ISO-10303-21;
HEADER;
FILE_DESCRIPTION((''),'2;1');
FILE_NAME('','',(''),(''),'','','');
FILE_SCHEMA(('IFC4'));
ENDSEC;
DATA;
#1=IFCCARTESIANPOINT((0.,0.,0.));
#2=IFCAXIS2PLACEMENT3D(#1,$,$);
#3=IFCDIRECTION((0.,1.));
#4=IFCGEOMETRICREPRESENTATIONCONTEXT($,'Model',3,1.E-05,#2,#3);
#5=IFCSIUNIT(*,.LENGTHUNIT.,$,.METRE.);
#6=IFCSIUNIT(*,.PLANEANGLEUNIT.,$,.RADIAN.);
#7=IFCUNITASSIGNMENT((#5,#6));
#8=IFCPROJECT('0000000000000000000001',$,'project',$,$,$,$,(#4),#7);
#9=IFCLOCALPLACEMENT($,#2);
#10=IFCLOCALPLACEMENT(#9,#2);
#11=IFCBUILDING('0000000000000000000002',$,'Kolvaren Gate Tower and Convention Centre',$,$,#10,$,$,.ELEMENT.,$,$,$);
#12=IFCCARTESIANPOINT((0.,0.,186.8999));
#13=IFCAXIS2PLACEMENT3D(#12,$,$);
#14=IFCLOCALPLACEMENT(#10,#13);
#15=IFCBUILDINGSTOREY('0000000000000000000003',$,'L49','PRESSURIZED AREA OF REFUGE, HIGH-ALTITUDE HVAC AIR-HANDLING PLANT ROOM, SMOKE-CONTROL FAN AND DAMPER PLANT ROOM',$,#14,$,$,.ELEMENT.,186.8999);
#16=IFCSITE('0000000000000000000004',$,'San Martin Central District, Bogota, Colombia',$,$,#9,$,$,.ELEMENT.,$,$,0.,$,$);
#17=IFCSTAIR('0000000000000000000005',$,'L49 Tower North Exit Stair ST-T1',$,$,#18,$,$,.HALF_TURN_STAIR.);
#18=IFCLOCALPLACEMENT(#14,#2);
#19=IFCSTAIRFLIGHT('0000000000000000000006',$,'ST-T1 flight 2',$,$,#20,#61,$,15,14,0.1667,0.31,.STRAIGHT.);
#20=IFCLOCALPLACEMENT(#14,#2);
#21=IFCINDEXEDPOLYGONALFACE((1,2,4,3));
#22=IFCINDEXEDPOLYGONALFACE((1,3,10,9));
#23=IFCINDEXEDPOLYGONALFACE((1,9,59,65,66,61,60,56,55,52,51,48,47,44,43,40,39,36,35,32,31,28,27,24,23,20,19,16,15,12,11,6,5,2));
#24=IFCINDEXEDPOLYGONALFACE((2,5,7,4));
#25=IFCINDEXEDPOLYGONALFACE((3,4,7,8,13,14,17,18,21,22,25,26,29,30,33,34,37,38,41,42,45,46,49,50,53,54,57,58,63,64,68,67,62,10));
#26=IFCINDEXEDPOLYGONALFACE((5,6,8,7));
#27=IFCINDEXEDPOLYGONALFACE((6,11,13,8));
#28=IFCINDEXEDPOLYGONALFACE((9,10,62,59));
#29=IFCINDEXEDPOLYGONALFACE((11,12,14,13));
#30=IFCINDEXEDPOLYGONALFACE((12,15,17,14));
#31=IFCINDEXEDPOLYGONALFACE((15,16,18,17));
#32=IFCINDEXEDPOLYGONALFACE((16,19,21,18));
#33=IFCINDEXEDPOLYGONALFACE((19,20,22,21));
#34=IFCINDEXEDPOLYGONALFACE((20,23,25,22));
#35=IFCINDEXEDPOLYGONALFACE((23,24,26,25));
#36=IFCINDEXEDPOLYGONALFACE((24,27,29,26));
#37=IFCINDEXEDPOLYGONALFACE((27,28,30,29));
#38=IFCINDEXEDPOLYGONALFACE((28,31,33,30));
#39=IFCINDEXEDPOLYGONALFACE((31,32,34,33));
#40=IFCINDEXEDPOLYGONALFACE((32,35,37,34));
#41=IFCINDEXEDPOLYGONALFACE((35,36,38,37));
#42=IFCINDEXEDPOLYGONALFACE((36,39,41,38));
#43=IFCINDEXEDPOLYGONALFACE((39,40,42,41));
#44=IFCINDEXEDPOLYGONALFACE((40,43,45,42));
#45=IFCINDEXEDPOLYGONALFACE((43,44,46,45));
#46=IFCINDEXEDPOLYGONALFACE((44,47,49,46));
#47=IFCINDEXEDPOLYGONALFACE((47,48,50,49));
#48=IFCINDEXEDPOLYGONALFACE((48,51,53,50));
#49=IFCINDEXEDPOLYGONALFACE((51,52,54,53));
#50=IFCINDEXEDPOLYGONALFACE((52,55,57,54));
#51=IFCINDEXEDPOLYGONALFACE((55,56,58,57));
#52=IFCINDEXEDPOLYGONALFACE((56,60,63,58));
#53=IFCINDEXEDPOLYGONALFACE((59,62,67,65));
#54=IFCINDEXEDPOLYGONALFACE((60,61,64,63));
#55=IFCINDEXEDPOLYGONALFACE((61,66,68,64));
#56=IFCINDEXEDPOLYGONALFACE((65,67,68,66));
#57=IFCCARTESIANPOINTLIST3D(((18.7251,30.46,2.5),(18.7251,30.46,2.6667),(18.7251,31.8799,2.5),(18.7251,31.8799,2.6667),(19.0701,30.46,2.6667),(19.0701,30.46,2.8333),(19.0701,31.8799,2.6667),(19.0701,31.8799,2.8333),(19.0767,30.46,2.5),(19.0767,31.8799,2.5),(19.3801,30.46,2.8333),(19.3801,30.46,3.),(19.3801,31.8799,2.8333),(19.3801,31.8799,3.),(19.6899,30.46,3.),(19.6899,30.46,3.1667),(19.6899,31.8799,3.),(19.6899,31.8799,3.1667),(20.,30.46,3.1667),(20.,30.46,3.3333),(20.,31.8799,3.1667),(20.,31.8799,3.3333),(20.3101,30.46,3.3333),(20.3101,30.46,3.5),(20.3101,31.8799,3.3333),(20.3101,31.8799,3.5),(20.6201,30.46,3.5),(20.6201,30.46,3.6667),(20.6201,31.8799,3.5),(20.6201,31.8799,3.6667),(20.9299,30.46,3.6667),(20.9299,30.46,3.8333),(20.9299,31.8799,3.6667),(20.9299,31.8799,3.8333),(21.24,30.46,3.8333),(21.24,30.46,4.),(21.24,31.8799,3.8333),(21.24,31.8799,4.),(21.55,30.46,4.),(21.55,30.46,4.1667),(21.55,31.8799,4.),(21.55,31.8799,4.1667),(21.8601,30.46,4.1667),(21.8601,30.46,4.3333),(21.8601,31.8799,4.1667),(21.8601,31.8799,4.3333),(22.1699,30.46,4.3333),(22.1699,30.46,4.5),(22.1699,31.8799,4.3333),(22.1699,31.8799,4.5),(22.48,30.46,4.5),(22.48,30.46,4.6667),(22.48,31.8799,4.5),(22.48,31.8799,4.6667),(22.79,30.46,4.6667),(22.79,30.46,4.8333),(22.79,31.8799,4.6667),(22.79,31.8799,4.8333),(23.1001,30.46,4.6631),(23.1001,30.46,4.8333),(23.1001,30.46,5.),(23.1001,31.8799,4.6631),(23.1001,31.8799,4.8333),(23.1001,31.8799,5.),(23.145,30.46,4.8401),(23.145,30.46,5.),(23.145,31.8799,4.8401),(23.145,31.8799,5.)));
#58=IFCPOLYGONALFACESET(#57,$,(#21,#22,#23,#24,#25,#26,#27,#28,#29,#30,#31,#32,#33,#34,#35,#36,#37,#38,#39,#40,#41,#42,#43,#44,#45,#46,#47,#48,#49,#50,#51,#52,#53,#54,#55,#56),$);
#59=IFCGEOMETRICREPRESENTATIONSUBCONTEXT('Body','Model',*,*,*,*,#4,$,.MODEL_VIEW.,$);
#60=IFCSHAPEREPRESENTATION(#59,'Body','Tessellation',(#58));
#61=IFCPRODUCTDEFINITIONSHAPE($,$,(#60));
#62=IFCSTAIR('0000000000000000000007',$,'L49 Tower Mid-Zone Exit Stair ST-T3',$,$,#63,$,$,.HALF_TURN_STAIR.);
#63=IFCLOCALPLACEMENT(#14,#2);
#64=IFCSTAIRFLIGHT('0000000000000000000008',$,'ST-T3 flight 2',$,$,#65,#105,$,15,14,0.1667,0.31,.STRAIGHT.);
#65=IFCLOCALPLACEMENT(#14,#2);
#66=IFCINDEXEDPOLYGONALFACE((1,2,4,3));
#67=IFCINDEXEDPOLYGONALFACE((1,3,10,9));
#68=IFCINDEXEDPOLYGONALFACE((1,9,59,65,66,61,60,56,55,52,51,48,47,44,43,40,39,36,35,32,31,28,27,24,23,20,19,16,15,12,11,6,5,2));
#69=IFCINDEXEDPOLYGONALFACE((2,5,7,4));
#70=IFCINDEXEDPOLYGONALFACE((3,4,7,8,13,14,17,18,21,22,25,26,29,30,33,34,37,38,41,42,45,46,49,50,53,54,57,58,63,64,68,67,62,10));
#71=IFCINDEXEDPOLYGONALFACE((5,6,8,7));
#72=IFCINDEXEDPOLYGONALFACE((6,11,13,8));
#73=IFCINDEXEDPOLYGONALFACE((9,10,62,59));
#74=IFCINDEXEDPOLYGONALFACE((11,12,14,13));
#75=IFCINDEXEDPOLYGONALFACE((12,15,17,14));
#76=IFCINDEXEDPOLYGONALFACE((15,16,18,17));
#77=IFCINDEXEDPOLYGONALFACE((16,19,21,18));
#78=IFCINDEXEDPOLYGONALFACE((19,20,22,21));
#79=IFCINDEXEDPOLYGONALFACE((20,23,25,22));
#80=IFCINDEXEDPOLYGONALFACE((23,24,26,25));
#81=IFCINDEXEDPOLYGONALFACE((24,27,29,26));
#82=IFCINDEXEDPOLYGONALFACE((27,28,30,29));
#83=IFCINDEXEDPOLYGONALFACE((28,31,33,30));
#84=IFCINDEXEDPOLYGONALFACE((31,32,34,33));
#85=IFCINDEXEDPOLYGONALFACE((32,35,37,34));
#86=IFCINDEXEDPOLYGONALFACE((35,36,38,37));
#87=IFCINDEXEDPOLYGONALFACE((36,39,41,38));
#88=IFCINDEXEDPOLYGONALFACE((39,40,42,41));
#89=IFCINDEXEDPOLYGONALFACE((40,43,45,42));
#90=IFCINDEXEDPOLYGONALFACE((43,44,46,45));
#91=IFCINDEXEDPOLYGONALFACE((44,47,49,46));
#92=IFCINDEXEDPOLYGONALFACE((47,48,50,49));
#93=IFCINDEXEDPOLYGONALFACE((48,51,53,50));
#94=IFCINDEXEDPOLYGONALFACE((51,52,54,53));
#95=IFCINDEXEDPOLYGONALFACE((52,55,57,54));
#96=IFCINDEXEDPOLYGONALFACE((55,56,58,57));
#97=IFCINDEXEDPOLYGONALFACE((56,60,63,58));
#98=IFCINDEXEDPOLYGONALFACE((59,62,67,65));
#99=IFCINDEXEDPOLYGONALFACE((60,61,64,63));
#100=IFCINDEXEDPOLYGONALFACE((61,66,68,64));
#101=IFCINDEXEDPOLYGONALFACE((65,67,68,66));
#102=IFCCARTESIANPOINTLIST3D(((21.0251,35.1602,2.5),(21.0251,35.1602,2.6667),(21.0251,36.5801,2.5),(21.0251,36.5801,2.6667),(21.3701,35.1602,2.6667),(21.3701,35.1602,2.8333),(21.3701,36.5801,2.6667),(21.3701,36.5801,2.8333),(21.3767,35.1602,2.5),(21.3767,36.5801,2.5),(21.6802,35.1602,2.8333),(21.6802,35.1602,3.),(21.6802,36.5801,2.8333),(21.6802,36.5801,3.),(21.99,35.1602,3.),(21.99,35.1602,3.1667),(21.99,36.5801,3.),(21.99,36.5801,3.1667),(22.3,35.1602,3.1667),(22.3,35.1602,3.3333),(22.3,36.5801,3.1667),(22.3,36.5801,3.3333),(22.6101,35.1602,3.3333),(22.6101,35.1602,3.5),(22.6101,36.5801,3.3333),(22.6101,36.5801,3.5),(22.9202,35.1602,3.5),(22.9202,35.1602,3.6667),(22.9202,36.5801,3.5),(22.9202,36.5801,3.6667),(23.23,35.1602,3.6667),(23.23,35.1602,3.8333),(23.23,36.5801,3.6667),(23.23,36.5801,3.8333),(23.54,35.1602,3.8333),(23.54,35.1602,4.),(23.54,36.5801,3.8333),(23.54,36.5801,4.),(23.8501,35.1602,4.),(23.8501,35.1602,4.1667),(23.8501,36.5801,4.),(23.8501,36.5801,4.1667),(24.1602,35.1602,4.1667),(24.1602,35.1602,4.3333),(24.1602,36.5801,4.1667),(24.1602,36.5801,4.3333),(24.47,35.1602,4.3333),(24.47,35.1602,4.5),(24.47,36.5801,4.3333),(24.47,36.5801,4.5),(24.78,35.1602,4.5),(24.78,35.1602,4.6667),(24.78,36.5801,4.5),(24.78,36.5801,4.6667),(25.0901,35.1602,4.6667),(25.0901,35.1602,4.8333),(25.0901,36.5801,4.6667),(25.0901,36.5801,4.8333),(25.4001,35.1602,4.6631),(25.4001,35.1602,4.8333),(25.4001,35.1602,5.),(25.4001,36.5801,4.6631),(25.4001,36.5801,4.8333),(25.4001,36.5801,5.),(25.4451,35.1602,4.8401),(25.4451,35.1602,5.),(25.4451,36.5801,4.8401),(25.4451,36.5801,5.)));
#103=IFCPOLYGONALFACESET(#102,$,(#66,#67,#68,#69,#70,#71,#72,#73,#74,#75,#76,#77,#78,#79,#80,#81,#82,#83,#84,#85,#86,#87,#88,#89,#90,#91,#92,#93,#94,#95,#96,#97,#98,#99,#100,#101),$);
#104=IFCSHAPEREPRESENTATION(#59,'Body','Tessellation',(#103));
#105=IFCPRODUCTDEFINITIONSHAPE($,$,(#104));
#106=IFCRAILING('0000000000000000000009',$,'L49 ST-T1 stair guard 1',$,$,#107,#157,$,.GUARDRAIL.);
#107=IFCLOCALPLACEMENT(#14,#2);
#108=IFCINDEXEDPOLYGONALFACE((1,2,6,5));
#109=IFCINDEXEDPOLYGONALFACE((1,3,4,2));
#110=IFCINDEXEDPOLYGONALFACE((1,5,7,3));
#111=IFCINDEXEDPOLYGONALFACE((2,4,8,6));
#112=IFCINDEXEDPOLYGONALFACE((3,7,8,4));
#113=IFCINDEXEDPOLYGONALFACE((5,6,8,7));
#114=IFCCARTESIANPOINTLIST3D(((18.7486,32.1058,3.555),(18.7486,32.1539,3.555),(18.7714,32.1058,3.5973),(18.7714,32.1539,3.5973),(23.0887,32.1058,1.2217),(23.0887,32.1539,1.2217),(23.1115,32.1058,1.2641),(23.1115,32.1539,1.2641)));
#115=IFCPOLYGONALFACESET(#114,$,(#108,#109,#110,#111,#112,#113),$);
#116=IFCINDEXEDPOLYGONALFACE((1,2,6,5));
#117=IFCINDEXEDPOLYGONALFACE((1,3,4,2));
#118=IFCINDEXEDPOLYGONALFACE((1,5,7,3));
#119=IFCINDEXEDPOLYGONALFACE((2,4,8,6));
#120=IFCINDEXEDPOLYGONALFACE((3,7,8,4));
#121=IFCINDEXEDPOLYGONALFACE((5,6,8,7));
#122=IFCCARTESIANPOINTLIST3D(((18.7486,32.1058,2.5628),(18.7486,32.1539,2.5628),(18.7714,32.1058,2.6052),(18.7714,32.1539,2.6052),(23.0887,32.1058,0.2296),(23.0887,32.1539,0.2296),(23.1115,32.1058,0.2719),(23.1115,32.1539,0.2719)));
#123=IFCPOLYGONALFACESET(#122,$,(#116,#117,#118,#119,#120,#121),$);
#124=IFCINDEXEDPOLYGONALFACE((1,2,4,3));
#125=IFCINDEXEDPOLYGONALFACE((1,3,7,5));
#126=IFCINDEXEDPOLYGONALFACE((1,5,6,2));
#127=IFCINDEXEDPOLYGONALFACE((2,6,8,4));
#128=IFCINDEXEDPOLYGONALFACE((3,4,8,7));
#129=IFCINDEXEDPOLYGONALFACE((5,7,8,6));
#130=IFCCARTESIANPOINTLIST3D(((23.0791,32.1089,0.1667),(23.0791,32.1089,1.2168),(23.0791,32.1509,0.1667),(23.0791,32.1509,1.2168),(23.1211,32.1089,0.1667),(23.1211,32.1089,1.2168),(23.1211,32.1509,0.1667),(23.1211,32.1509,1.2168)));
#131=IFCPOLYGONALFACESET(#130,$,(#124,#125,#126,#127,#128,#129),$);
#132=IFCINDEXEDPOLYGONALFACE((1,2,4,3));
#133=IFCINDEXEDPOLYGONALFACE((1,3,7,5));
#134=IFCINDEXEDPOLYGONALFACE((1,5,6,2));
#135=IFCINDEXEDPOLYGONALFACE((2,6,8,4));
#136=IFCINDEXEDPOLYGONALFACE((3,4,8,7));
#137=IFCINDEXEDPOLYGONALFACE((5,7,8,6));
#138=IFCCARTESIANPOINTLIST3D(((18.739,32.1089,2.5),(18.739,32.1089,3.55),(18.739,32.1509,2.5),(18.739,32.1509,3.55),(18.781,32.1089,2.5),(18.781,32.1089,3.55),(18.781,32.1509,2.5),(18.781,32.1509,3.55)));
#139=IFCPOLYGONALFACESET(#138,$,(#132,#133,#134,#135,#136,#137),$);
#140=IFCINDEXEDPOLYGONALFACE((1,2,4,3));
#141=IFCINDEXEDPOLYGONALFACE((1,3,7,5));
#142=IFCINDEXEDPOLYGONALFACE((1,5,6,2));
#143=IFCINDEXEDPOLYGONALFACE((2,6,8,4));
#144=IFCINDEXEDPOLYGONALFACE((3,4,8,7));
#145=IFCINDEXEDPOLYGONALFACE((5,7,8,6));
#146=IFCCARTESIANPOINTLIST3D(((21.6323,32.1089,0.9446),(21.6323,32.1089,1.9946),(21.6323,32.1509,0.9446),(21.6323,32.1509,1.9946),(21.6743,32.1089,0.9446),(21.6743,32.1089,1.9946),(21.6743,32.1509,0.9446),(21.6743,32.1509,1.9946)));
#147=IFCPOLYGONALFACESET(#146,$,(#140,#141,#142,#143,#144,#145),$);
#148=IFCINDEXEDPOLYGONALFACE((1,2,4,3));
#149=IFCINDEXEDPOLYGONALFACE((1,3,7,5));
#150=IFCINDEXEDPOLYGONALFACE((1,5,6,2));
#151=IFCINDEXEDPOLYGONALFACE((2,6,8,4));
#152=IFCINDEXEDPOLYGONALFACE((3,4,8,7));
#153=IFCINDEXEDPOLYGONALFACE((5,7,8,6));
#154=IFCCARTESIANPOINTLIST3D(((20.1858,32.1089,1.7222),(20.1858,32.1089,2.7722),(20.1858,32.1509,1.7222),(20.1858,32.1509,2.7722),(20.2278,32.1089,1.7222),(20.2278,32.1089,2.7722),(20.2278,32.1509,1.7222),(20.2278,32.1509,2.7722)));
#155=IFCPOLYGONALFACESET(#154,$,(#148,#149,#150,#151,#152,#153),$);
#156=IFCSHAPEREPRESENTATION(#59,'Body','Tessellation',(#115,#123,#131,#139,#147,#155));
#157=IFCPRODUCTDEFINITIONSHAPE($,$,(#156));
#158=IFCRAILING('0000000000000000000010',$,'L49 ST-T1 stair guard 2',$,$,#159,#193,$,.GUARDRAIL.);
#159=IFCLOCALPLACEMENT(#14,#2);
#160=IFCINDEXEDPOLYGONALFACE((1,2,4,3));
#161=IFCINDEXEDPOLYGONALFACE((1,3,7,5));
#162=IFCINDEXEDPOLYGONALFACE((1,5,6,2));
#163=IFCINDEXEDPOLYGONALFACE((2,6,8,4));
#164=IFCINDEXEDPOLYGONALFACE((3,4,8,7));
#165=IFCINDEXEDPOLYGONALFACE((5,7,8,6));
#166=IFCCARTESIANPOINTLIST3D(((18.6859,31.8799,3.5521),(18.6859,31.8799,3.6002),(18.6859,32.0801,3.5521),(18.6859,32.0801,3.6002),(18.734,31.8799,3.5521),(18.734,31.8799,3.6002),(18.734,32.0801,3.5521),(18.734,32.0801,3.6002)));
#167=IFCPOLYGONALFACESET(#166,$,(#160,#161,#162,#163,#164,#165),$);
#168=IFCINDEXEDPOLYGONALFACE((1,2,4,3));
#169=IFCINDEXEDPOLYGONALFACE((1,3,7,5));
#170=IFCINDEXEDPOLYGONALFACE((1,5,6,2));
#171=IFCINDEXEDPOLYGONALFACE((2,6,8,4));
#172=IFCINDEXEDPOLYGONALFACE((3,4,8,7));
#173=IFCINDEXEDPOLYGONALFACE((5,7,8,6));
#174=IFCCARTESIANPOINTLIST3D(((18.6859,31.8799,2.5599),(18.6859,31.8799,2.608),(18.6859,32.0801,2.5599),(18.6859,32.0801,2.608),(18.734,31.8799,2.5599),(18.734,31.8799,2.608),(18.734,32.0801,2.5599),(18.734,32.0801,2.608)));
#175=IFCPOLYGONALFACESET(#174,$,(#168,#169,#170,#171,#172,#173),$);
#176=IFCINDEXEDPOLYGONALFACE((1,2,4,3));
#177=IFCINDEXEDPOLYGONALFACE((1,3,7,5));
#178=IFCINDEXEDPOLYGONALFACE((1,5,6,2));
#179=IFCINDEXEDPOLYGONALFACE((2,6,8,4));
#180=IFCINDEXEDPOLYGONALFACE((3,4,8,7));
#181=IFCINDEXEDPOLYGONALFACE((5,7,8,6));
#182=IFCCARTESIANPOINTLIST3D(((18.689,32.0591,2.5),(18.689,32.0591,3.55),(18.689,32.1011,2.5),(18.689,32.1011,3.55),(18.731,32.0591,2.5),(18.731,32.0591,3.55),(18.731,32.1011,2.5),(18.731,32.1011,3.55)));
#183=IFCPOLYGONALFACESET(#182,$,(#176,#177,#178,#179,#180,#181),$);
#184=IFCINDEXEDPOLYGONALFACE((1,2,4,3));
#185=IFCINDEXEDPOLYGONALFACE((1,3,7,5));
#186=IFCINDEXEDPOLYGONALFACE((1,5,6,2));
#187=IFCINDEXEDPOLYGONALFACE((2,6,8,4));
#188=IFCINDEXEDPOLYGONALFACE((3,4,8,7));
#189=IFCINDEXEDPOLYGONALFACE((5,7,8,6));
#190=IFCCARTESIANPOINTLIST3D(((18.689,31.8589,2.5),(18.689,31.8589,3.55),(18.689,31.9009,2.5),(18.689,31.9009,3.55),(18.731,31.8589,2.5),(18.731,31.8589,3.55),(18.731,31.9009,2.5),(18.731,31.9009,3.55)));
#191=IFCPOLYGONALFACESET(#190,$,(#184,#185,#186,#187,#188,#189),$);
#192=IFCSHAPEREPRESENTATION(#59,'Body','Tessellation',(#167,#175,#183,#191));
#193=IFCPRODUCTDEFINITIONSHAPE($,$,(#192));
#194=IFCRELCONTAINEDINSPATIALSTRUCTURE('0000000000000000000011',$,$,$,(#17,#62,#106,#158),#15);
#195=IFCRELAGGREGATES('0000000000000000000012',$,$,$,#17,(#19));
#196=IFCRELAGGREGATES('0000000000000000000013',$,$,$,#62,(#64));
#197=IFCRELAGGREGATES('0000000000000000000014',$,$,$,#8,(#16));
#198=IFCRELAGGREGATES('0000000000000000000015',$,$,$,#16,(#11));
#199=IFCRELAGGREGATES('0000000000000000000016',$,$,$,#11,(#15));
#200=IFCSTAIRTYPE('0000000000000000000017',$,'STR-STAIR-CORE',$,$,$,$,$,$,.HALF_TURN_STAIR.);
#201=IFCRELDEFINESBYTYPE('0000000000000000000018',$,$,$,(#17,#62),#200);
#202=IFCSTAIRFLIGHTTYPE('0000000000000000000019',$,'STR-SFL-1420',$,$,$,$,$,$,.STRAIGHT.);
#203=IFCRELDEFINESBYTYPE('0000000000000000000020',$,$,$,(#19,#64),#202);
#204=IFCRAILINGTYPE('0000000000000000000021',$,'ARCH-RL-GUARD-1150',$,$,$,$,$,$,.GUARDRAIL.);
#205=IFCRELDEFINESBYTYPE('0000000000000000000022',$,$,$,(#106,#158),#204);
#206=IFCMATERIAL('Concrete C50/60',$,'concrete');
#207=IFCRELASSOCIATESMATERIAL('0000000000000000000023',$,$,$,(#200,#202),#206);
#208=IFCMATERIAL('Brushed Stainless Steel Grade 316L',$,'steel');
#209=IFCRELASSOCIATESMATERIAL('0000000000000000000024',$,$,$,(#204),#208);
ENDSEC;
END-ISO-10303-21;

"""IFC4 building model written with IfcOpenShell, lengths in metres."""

from ifc_helpers import new_model, si_unit, direction, frame, origin, origin_2d, place, context, subcontext, project, spatial, polyline, rectangle, outline, extrude, material, type_object, element, aggregate, save


model = new_model("IFC4")

# Units and contexts
model_context = context("Model", 3, precision=1e-05, world=origin(), true_north=direction((0.0, 1.0)))
body_context = subcontext(model_context, "Body", "Model", "MODEL_VIEW")
ifc_project = project(units=[si_unit("LENGTHUNIT", "METRE"), si_unit("PLANEANGLEUNIT", "RADIAN")], contexts=[model_context])

# Site, building, storey
site_placement = place(None, origin())
site = spatial("IfcSite", under=ifc_project, at=site_placement, Name="San Martin Central District, Bogota, Colombia", CompositionType="ELEMENT", RefElevation=0.0)
building_placement = place(site_placement, origin())
building = spatial("IfcBuilding", under=site, at=building_placement, Name="Kolvaren Gate Tower and Convention Centre", CompositionType="ELEMENT")
storey_placement = place(building_placement, frame((0.0, 0.0, 186.8999)))
storey = spatial("IfcBuildingStorey", under=building, at=storey_placement, Name="L49", Description="PRESSURIZED AREA OF REFUGE, HIGH-ALTITUDE HVAC AIR-HANDLING PLANT ROOM, SMOKE-CONTROL FAN AND DAMPER PLANT ROOM", CompositionType="ELEMENT", Elevation=186.8999)

# Shared definitions
ifc_material_1 = material(Name="Brushed Stainless Steel Grade 316L", Category="steel")

# Shared definitions
ifc_material_2 = material(Name="Concrete C50/60", Category="concrete")

# Stair, stair flight
stair_type = type_object("IfcStairType", Name="STR-STAIR-CORE", PredefinedType="HALF_TURN_STAIR", material=ifc_material_2)
stair_1_placement = place(storey_placement, origin())
stair_1 = element("IfcStair", 1, at=stair_1_placement, inside=storey, type_object=stair_type, Name="L49 Tower North Exit Stair ST-T1", PredefinedType="HALF_TURN_STAIR")
stair_flight_type = type_object("IfcStairFlightType", Name="STR-SFL-1420", PredefinedType="STRAIGHT", material=ifc_material_2)
stair_flight_1_placement = place(storey_placement, frame((18.76, 31.1699, 2.5), z_axis=(0.0, 0.0, 1.0), x_axis=(1.0, 0.0, 0.0)))
stair_flight_1 = element("IfcStairFlight", 2, at=stair_flight_1_placement, type_object=stair_flight_type, Name="ST-T1 flight 2", NumberOfRisers=15, NumberOfTreads=14, PredefinedType="STRAIGHT", RiserHeight=0.1667, TreadLength=0.31, context=body_context, shape_type="SweptSolid", body=[
    extrude(outline(polyline([(-0.0349, 0.0), (-0.0349, 0.1667), (0.3101, 0.1667), (0.3101, 0.3333), (0.6201, 0.3333), (0.6201, 0.5), (0.9299, 0.5), (0.9299, 0.6667), (1.24, 0.6667), (1.24, 0.8333), (1.55, 0.8333), (1.55, 1.0), (1.8601, 1.0), (1.8601, 1.1667), (2.1699, 1.1667), (2.1699, 1.3333), (2.48, 1.3333), (2.48, 1.5), (2.79, 1.5), (2.79, 1.6667), (3.1001, 1.6667), (3.1001, 1.8333), (3.4099, 1.8333), (3.4099, 2.0), (3.72, 2.0), (3.72, 2.1667), (4.03, 2.1667), (4.03, 2.3333), (4.3401, 2.3333), (4.3401, 2.5), (4.385, 2.5), (4.385, 2.3401), (4.3401, 2.1631), (0.3167, 0.0), (-0.0349, 0.0)])), frame((0.0, 0.71, 0.0), z_axis=(0.0, -1.0, 0.0), x_axis=(1.0, 0.0, 0.0)), (0.0, 0.0, 1.0), 1.4199),
])
aggregate(stair_1, [stair_flight_1])

# Stair, stair flight
stair_2_placement = place(storey_placement, origin())
stair_2 = element("IfcStair", 3, at=stair_2_placement, inside=storey, type_object=stair_type, Name="L49 Tower Mid-Zone Exit Stair ST-T3", PredefinedType="HALF_TURN_STAIR")
stair_flight_2_placement = place(storey_placement, frame((21.0601, 35.8701, 2.5), z_axis=(0.0, 0.0, 1.0), x_axis=(1.0, 0.0, 0.0)))
stair_flight_2 = element("IfcStairFlight", 4, at=stair_flight_2_placement, type_object=stair_flight_type, Name="ST-T3 flight 2", NumberOfRisers=15, NumberOfTreads=14, PredefinedType="STRAIGHT", RiserHeight=0.1667, TreadLength=0.31, context=body_context, shape_type="SweptSolid", body=[
    extrude(outline(polyline([(-0.0349, 0.0), (-0.0349, 0.1667), (0.3101, 0.1667), (0.3101, 0.3333), (0.6201, 0.3333), (0.6201, 0.5), (0.9299, 0.5), (0.9299, 0.6667), (1.24, 0.6667), (1.24, 0.8333), (1.55, 0.8333), (1.55, 1.0), (1.8601, 1.0), (1.8601, 1.1667), (2.1699, 1.1667), (2.1699, 1.3333), (2.48, 1.3333), (2.48, 1.5), (2.79, 1.5), (2.79, 1.6667), (3.1001, 1.6667), (3.1001, 1.8333), (3.4099, 1.8333), (3.4099, 2.0), (3.72, 2.0), (3.72, 2.1667), (4.03, 2.1667), (4.03, 2.3333), (4.3401, 2.3333), (4.3401, 2.5), (4.385, 2.5), (4.385, 2.3401), (4.3401, 2.1631), (0.3167, 0.0), (-0.0349, 0.0)])), frame((0.0, 0.71, 0.0), z_axis=(0.0, -1.0, 0.0), x_axis=(1.0, 0.0, 0.0)), (0.0, 0.0, 1.0), 1.4199),
])
aggregate(stair_2, [stair_flight_2])

# Railings
railing_type_1 = type_object("IfcRailingType", Name="ARCH-RL-GUARD-1150", PredefinedType="GUARDRAIL", material=ifc_material_1)
railing_1_placement = place(storey_placement, frame((23.1001, 32.1299, 0.1667)))
element("IfcRailing", 5, at=railing_1_placement, inside=storey, type_object=railing_type_1, Name="L49 ST-T1 stair guard 1", PredefinedType="GUARDRAIL", context=body_context, shape_type="SweptSolid", body=[
    extrude(rectangle(XDim=0.0481, YDim=0.0481, at=origin_2d()), frame((0.0, 0.0, 1.0762), z_axis=(-0.880786, 0.0, 0.473515), x_axis=(0.0, -1.0, 0.0)), (0.0, 0.0, 1.0), 4.9275),
    extrude(rectangle(XDim=0.0481, YDim=0.0481, at=origin_2d()), frame((0.0, 0.0, 0.084), z_axis=(-0.880786, 0.0, 0.473515), x_axis=(0.0, -1.0, 0.0)), (0.0, 0.0, 1.0), 4.9275),
    extrude(rectangle(XDim=0.042, YDim=0.042, at=origin_2d()), origin(), (0.0, 0.0, 1.0), 1.05),
    extrude(rectangle(XDim=0.042, YDim=0.042, at=origin_2d()), frame((-4.3401, 0.0, 2.3333)), (0.0, 0.0, 1.0), 1.05),
    extrude(rectangle(XDim=0.042, YDim=0.042, at=origin_2d()), frame((-1.4468, 0.0, 0.7778)), (0.0, 0.0, 1.0), 1.05),
    extrude(rectangle(XDim=0.042, YDim=0.042, at=origin_2d()), frame((-2.8933, 0.0, 1.5554)), (0.0, 0.0, 1.0), 1.05),
])
railing_2_placement = place(storey_placement, frame((18.71, 32.0801, 2.5)))
element("IfcRailing", 6, at=railing_2_placement, inside=storey, type_object=railing_type_1, Name="L49 ST-T1 stair guard 2", PredefinedType="GUARDRAIL", context=body_context, shape_type="SweptSolid", body=[
    extrude(rectangle(XDim=0.0481, YDim=0.0481, at=origin_2d()), frame((0.0, 0.0, 1.0762), z_axis=(0.0, -1.0, 0.0), x_axis=(1.0, 0.0, 0.0)), (0.0, 0.0, 1.0), 0.2002),
    extrude(rectangle(XDim=0.0481, YDim=0.0481, at=origin_2d()), frame((0.0, 0.0, 0.084), z_axis=(0.0, -1.0, 0.0), x_axis=(1.0, 0.0, 0.0)), (0.0, 0.0, 1.0), 0.2002),
    extrude(rectangle(XDim=0.042, YDim=0.042, at=origin_2d()), origin(), (0.0, 0.0, 1.0), 1.05),
    extrude(rectangle(XDim=0.042, YDim=0.042, at=origin_2d()), frame((0.0, -0.2002, 0.0)), (0.0, 0.0, 1.0), 1.05),
])

save(model, "model.ifc")
